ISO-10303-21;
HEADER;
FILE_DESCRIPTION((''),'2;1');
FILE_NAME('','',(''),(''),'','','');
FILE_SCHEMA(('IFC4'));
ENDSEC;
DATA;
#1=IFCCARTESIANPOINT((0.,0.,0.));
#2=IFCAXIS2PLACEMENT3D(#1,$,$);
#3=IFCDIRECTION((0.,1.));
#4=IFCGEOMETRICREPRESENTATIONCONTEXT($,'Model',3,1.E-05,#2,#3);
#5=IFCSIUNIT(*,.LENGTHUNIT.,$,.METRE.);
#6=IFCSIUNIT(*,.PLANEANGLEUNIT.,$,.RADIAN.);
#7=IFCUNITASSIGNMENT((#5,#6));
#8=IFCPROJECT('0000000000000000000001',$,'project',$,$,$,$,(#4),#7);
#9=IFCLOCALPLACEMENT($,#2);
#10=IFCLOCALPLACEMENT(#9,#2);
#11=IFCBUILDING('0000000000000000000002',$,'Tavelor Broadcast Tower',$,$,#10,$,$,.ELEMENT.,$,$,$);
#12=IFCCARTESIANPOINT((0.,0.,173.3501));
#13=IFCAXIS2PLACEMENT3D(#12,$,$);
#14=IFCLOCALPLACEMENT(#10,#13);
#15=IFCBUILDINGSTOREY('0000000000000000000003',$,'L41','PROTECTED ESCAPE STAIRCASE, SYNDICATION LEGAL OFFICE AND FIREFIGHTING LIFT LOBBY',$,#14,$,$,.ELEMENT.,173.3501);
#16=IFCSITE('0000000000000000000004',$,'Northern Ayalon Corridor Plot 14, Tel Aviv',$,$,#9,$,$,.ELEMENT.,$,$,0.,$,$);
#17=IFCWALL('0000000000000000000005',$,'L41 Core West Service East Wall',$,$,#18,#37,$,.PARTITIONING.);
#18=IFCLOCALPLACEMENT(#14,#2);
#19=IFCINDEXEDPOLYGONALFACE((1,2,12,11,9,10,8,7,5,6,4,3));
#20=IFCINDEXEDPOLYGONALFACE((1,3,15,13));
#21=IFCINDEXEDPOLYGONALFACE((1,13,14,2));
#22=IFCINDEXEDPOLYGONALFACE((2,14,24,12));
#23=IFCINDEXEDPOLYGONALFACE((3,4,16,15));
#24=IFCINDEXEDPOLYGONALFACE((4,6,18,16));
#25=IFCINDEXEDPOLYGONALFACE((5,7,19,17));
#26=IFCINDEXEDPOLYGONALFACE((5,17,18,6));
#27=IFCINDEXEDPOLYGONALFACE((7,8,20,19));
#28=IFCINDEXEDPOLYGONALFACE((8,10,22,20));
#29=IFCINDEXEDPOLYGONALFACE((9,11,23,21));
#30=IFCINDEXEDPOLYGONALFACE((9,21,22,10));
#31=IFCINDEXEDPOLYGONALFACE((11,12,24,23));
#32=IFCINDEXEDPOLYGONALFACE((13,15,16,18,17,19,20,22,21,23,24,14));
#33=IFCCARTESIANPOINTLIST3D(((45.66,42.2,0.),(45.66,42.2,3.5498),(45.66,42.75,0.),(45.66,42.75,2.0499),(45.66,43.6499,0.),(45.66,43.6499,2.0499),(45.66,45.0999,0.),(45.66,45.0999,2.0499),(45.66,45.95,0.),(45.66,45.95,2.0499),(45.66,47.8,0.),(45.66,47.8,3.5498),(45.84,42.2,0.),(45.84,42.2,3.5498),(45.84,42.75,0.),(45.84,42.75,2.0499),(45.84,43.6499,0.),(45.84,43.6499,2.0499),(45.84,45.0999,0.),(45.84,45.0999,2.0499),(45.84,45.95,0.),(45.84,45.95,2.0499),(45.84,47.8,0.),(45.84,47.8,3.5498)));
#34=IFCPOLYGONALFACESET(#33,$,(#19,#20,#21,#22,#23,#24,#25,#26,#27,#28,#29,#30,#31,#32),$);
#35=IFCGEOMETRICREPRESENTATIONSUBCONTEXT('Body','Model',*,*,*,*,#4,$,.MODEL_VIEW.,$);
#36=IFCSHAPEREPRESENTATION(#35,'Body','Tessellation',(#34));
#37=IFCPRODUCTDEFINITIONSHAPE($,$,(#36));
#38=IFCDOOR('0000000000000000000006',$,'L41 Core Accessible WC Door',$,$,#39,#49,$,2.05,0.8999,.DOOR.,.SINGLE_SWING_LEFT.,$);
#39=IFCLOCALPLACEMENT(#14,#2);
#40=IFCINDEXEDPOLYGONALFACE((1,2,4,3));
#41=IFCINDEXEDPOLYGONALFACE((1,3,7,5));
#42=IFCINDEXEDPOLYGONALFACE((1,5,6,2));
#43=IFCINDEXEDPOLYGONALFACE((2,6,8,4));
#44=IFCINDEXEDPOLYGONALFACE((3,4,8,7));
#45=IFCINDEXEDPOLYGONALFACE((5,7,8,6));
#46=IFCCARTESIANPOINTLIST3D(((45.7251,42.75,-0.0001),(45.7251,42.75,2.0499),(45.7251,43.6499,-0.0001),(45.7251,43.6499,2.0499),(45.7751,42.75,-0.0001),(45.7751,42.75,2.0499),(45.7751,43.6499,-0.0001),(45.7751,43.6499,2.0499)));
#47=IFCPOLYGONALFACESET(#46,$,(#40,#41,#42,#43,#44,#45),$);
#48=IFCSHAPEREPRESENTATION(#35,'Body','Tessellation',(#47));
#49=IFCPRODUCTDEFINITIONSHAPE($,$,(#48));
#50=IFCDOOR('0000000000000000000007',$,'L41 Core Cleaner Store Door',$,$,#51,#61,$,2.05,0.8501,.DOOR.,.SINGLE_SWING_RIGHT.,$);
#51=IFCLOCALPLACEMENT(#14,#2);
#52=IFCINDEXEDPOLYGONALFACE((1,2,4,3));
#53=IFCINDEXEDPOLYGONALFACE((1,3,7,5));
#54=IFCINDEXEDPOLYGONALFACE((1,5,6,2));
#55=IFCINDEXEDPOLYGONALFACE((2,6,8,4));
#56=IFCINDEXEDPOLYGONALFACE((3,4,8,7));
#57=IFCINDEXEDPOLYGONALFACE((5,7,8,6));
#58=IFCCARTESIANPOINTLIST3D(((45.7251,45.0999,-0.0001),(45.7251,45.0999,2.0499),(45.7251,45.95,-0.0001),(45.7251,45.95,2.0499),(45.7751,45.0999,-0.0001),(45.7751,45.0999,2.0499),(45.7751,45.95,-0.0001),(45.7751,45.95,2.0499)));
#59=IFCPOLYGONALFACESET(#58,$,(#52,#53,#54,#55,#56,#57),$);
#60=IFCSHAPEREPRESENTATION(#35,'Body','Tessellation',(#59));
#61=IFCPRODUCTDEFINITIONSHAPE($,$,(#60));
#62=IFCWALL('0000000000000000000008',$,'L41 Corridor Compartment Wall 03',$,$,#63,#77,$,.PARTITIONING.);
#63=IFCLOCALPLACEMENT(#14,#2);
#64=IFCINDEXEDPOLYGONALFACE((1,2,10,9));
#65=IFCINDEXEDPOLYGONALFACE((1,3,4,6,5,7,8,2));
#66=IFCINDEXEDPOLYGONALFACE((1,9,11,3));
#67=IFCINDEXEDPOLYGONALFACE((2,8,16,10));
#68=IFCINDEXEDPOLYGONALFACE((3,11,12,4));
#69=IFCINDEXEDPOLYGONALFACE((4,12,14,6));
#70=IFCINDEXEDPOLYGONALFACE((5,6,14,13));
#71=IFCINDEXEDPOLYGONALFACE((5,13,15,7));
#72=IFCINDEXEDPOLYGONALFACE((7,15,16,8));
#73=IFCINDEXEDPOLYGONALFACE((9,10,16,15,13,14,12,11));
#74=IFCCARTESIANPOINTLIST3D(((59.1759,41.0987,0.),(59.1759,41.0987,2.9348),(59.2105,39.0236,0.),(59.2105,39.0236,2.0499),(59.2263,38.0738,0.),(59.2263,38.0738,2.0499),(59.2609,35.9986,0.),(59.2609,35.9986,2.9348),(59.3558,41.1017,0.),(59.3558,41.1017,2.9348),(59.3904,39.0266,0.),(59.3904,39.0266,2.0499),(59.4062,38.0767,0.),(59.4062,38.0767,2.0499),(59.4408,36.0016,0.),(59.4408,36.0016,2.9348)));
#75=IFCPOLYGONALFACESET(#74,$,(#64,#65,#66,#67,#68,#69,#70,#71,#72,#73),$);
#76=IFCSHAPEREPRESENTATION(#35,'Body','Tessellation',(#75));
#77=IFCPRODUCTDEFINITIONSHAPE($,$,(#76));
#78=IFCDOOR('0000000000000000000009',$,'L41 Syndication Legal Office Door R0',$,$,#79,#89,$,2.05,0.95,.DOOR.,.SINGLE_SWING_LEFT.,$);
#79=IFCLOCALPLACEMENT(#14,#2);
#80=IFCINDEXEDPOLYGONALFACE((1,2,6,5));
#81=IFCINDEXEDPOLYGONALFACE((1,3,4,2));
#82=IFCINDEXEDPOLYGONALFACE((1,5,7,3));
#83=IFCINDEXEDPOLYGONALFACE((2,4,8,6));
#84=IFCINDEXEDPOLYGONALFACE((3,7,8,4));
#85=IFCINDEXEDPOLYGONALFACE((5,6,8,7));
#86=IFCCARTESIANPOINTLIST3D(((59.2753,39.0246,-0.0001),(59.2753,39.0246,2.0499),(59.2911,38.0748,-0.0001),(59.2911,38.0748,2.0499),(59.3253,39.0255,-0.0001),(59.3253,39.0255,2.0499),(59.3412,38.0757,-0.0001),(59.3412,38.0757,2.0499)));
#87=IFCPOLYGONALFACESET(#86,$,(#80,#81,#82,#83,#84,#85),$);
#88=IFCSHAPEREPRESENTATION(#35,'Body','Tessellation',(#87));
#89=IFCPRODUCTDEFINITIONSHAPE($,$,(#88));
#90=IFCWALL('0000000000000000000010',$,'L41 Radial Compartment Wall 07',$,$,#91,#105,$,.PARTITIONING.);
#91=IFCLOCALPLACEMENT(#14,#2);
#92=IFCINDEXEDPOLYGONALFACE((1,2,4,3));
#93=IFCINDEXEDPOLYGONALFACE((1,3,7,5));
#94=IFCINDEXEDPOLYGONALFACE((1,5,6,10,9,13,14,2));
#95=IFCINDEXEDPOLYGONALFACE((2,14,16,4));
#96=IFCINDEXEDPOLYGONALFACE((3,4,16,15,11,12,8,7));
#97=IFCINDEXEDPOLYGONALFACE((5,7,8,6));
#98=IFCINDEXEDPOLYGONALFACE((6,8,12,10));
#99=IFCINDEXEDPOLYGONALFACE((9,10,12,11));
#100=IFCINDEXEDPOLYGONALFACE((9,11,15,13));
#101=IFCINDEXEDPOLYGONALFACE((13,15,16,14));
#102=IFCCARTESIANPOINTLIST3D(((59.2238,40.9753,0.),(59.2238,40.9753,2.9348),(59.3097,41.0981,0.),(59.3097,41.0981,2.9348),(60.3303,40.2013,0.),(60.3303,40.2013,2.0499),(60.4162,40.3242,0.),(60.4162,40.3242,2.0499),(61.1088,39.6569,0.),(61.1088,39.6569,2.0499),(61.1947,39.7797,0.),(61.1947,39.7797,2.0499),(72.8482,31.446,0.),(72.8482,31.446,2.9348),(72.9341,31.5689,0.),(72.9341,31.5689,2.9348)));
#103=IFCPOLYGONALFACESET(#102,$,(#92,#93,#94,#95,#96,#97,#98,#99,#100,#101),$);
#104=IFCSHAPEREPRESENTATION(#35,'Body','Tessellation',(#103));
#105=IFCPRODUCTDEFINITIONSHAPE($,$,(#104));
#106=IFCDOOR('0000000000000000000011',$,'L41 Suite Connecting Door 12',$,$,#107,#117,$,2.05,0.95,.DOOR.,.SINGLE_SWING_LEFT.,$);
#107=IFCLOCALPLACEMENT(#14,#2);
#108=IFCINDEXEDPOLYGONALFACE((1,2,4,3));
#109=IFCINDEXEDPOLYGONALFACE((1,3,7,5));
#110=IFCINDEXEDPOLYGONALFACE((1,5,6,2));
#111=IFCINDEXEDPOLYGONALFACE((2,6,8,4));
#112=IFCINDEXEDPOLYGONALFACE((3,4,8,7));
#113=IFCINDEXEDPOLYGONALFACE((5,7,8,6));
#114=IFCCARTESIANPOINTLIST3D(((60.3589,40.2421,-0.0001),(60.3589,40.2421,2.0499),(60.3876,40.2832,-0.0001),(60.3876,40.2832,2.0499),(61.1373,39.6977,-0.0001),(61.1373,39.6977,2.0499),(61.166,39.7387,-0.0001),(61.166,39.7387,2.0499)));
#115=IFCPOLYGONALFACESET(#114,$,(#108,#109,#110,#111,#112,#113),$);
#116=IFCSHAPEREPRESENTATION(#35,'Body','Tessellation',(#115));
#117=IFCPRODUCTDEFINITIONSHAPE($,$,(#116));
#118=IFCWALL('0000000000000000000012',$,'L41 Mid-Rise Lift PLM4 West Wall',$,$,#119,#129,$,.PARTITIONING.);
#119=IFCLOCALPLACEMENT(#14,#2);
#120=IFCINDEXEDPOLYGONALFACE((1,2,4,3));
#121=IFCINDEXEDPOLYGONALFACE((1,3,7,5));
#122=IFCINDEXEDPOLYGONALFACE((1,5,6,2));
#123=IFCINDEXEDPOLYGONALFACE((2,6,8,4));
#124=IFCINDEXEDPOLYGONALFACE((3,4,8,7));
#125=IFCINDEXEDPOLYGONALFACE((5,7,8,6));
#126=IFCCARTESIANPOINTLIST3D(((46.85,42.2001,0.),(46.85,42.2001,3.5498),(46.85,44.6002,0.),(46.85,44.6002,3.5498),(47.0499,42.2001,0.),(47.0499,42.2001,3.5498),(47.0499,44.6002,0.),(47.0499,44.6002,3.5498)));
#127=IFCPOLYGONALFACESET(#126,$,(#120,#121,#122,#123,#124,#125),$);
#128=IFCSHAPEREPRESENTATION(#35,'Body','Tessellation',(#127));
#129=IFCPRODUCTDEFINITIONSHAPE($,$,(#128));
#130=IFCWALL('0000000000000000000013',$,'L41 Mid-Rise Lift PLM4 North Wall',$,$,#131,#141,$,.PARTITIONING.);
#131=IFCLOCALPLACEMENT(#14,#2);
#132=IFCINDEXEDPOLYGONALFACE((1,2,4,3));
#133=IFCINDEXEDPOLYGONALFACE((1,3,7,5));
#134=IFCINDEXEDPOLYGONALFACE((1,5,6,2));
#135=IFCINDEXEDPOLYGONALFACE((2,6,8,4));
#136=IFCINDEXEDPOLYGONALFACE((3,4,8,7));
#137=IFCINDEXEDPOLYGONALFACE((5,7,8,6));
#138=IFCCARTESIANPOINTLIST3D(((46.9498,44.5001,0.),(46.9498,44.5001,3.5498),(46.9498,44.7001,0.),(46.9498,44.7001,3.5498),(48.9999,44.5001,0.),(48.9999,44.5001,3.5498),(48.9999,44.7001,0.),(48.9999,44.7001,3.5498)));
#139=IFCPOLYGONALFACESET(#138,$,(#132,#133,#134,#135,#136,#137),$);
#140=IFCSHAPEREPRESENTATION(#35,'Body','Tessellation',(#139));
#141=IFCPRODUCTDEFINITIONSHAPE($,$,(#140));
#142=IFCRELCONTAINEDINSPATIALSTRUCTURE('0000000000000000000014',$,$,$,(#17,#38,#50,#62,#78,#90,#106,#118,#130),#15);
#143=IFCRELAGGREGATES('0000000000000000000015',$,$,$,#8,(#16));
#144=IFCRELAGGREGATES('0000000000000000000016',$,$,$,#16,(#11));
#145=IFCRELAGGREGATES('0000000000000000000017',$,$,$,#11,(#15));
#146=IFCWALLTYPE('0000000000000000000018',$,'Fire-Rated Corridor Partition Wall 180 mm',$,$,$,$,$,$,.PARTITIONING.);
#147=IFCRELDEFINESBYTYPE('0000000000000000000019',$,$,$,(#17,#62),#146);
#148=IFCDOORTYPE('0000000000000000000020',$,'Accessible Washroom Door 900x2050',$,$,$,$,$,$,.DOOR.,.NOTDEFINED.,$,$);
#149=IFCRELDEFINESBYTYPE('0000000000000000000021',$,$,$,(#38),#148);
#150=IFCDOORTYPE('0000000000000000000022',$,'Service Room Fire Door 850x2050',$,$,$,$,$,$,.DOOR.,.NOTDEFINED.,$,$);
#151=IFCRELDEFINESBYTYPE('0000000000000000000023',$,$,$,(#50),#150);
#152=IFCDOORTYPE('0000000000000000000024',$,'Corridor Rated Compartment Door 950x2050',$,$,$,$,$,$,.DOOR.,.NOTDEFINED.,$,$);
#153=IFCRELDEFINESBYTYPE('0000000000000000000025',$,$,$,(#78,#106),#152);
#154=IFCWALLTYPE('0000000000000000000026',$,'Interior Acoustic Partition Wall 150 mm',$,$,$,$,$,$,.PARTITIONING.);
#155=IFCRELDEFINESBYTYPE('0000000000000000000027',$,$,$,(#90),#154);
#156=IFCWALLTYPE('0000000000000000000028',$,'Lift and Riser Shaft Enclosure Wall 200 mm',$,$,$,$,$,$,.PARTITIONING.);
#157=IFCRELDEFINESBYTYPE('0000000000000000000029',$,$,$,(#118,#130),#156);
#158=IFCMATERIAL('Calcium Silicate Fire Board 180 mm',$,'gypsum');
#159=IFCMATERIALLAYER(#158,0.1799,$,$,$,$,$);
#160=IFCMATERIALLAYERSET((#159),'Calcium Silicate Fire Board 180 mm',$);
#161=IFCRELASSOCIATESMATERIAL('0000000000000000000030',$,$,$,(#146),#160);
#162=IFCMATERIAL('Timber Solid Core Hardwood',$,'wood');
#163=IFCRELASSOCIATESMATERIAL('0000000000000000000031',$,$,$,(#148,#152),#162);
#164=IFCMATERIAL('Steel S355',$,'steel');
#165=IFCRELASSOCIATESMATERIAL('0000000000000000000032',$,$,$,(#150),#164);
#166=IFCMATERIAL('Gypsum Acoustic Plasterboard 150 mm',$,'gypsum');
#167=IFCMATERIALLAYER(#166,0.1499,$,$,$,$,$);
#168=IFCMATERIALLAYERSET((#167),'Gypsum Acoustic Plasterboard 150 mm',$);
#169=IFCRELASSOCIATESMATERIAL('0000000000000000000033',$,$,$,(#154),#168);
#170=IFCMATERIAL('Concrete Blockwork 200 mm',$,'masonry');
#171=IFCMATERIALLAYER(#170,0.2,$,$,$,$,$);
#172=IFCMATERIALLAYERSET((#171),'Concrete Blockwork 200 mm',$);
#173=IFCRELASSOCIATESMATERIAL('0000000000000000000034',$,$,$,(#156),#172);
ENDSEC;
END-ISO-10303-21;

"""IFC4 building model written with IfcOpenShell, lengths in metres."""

from ifc_helpers import new_model, si_unit, direction, frame, frame_2d, origin, place, context, subcontext, project, spatial, rectangle, extrude, material, layer, layer_set, type_object, element, fill, save


model = new_model("IFC4")

# Units and contexts
model_context = context("Model", 3, precision=1e-05, world=origin(), true_north=direction((0.0, 1.0)))
body_context = subcontext(model_context, "Body", "Model", "MODEL_VIEW")
ifc_project = project(units=[si_unit("LENGTHUNIT", "METRE"), si_unit("PLANEANGLEUNIT", "RADIAN")], contexts=[model_context])

# Site, building, storey
site_placement = place(None, origin())
site = spatial("IfcSite", under=ifc_project, at=site_placement, Name="Northern Ayalon Corridor Plot 14, Tel Aviv", CompositionType="ELEMENT", RefElevation=0.0)
building_placement = place(site_placement, origin())
building = spatial("IfcBuilding", under=site, at=building_placement, Name="Tavelor Broadcast Tower", CompositionType="ELEMENT")
storey_placement = place(building_placement, frame((0.0, 0.0, 173.3501)))
storey = spatial("IfcBuildingStorey", under=building, at=storey_placement, Name="L41", Description="PROTECTED ESCAPE STAIRCASE, SYNDICATION LEGAL OFFICE AND FIREFIGHTING LIFT LOBBY", CompositionType="ELEMENT", Elevation=173.3501)

# Shared definitions
ifc_material_1 = material(Name="Steel S355", Category="steel")

# Wall, openings, doors
ifc_material_2 = material(Name="Calcium Silicate Fire Board 180 mm", Category="gypsum")
ifc_layer_1 = layer(ifc_material_2, 0.1799)
ifc_layer_set_1 = layer_set([ifc_layer_1], Name="Calcium Silicate Fire Board 180 mm")
wall_type_1 = type_object("IfcWallType", Name="Fire-Rated Corridor Partition Wall 180 mm", PredefinedType="PARTITIONING", material=ifc_layer_set_1)
wall_1_placement = place(storey_placement, frame((45.75, 42.2, 0.0), z_axis=(0.0, 0.0, 1.0), x_axis=(0.0, 1.0, 0.0)))
wall_1 = element("IfcWall", 1, at=wall_1_placement, inside=storey, type_object=wall_type_1, Name="L41 Core West Service East Wall", PredefinedType="PARTITIONING", context=body_context, shape_type="SweptSolid", body=[
    extrude(rectangle(XDim=5.6001, YDim=0.1799, at=frame_2d((2.8, 0.0))), origin(), (0.0, 0.0, 1.0), 3.5498),
])
opening_1_placement = place(wall_1_placement, frame((0.55, 0.0, 0.0)))
opening_1 = element("IfcOpeningElement", 2, at=opening_1_placement, cuts=wall_1, PredefinedType="OPENING", context=body_context, shape_type="SweptSolid", body=[
    extrude(rectangle(XDim=0.8999, YDim=2.05, at=frame_2d((0.45, 1.0249))), frame((0.0, 0.1001, 0.0), z_axis=(0.0, -1.0, 0.0), x_axis=(1.0, 0.0, 0.0)), (0.0, 0.0, 1.0), 0.2),
])
opening_2_placement = place(wall_1_placement, frame((2.8999, 0.0, 0.0)))
opening_2 = element("IfcOpeningElement", 3, at=opening_2_placement, cuts=wall_1, PredefinedType="OPENING", context=body_context, shape_type="SweptSolid", body=[
    extrude(rectangle(XDim=0.8501, YDim=2.05, at=frame_2d((0.425, 1.0249))), frame((0.0, 0.1001, 0.0), z_axis=(0.0, -1.0, 0.0), x_axis=(1.0, 0.0, 0.0)), (0.0, 0.0, 1.0), 0.2),
])
ifc_material_3 = material(Name="Timber Solid Core Hardwood", Category="wood")
door_type_1 = type_object("IfcDoorType", Name="Accessible Washroom Door 900x2050", OperationType="NOTDEFINED", PredefinedType="DOOR", material=ifc_material_3)
door_1_placement = place(opening_1_placement, origin())
door_1 = element("IfcDoor", 4, at=door_1_placement, inside=storey, type_object=door_type_1, Name="L41 Core Accessible WC Door", OperationType="SINGLE_SWING_LEFT", OverallHeight=2.05, OverallWidth=0.8999, PredefinedType="DOOR", context=body_context, shape_type="SweptSolid", body=[
    extrude(rectangle(XDim=0.8999, YDim=2.05, at=frame_2d((0.45, 1.0249))), frame((0.0, 0.0249, 0.0), z_axis=(0.0, -1.0, 0.0), x_axis=(1.0, 0.0, 0.0)), (0.0, 0.0, 1.0), 0.05),
])
fill(opening_1, door_1)
door_type_2 = type_object("IfcDoorType", Name="Service Room Fire Door 850x2050", OperationType="NOTDEFINED", PredefinedType="DOOR", material=ifc_material_1)
door_2_placement = place(opening_2_placement, origin())
door_2 = element("IfcDoor", 5, at=door_2_placement, inside=storey, type_object=door_type_2, Name="L41 Core Cleaner Store Door", OperationType="SINGLE_SWING_RIGHT", OverallHeight=2.05, OverallWidth=0.8501, PredefinedType="DOOR", context=body_context, shape_type="SweptSolid", body=[
    extrude(rectangle(XDim=0.8501, YDim=2.05, at=frame_2d((0.425, 1.0249))), frame((0.0, 0.0249, 0.0), z_axis=(0.0, -1.0, 0.0), x_axis=(1.0, 0.0, 0.0)), (0.0, 0.0, 1.0), 0.05),
])
fill(opening_2, door_2)

# Walls, openings, doors
wall_2_placement = place(storey_placement, frame((59.2659, 41.1001, 0.0), z_axis=(0.0, 0.0, 1.0), x_axis=(0.016656, -0.999861, 0.0)))
wall_2 = element("IfcWall", 6, at=wall_2_placement, inside=storey, type_object=wall_type_1, Name="L41 Corridor Compartment Wall 03", PredefinedType="PARTITIONING", context=body_context, shape_type="SweptSolid", body=[
    extrude(rectangle(XDim=5.1008, YDim=0.1799, at=frame_2d((2.5503, 0.0))), origin(), (0.0, 0.0, 1.0), 2.9348),
])
opening_3_placement = place(wall_2_placement, frame((2.0752, 0.0, 0.0)))
opening_3 = element("IfcOpeningElement", 7, at=opening_3_placement, cuts=wall_2, PredefinedType="OPENING", context=body_context, shape_type="SweptSolid", body=[
    extrude(rectangle(XDim=0.95, YDim=2.05, at=frame_2d((0.4751, 1.0249))), frame((0.0, 0.1001, 0.0), z_axis=(0.0, -1.0, 0.0), x_axis=(1.0, 0.0, 0.0)), (0.0, 0.0, 1.0), 0.2),
])
door_type_3 = type_object("IfcDoorType", Name="Corridor Rated Compartment Door 950x2050", OperationType="NOTDEFINED", PredefinedType="DOOR", material=ifc_material_3)
door_3_placement = place(opening_3_placement, origin())
door_3 = element("IfcDoor", 8, at=door_3_placement, inside=storey, type_object=door_type_3, Name="L41 Syndication Legal Office Door R0", OperationType="SINGLE_SWING_LEFT", OverallHeight=2.05, OverallWidth=0.95, PredefinedType="DOOR", context=body_context, shape_type="SweptSolid", body=[
    extrude(rectangle(XDim=0.95, YDim=2.05, at=frame_2d((0.4751, 1.0249))), frame((0.0, 0.0249, 0.0), z_axis=(0.0, -1.0, 0.0), x_axis=(1.0, 0.0, 0.0)), (0.0, 0.0, 1.0), 0.05),
])
fill(opening_3, door_3)
ifc_material_4 = material(Name="Gypsum Acoustic Plasterboard 150 mm", Category="gypsum")
ifc_layer_2 = layer(ifc_material_4, 0.1499)
ifc_layer_set_2 = layer_set([ifc_layer_2], Name="Gypsum Acoustic Plasterboard 150 mm")
wall_type_2 = type_object("IfcWallType", Name="Interior Acoustic Partition Wall 150 mm", PredefinedType="PARTITIONING", material=ifc_layer_set_2)
wall_3_placement = place(storey_placement, frame((59.2668, 41.0366, 0.0), z_axis=(0.0, 0.0, 1.0), x_axis=(0.819454, -0.573145, 0.0)))
wall_3 = element("IfcWall", 9, at=wall_3_placement, inside=storey, type_object=wall_type_2, Name="L41 Radial Compartment Wall 07", PredefinedType="PARTITIONING", context=body_context, shape_type="SweptSolid", body=[
    extrude(rectangle(XDim=16.6262, YDim=0.1499, at=frame_2d((8.313, 0.0))), origin(), (0.0, 0.0, 1.0), 2.9348),
])
opening_4_placement = place(wall_3_placement, frame((1.3501, 0.0, 0.0)))
opening_4 = element("IfcOpeningElement", 10, at=opening_4_placement, cuts=wall_3, PredefinedType="OPENING", context=body_context, shape_type="SweptSolid", body=[
    extrude(rectangle(XDim=0.95, YDim=2.05, at=frame_2d((0.4751, 1.0249))), frame((0.0, 0.085, 0.0), z_axis=(0.0, -1.0, 0.0), x_axis=(1.0, 0.0, 0.0)), (0.0, 0.0, 1.0), 0.1699),
])
door_4_placement = place(opening_4_placement, origin())
door_4 = element("IfcDoor", 11, at=door_4_placement, inside=storey, type_object=door_type_3, Name="L41 Suite Connecting Door 12", OperationType="SINGLE_SWING_LEFT", OverallHeight=2.05, OverallWidth=0.95, PredefinedType="DOOR", context=body_context, shape_type="SweptSolid", body=[
    extrude(rectangle(XDim=0.95, YDim=2.05, at=frame_2d((0.4751, 1.0249))), frame((0.0, 0.0249, 0.0), z_axis=(0.0, -1.0, 0.0), x_axis=(1.0, 0.0, 0.0)), (0.0, 0.0, 1.0), 0.05),
])
fill(opening_4, door_4)
ifc_material_5 = material(Name="Concrete Blockwork 200 mm", Category="masonry")

# Walls
ifc_layer_3 = layer(ifc_material_5, 0.2)
ifc_layer_set_3 = layer_set([ifc_layer_3], Name="Concrete Blockwork 200 mm")
wall_type_3 = type_object("IfcWallType", Name="Lift and Riser Shaft Enclosure Wall 200 mm", PredefinedType="PARTITIONING", material=ifc_layer_set_3)
wall_4_placement = place(storey_placement, frame((46.95, 42.2, 0.0), z_axis=(0.0, 0.0, 1.0), x_axis=(0.0, 1.0, 0.0)))
element("IfcWall", 12, at=wall_4_placement, inside=storey, type_object=wall_type_3, Name="L41 Mid-Rise Lift PLM4 West Wall", PredefinedType="PARTITIONING", context=body_context, shape_type="SweptSolid", body=[
    extrude(rectangle(XDim=2.4001, YDim=0.2, at=frame_2d((1.2002, 0.0))), origin(), (0.0, 0.0, 1.0), 3.5498),
])
wall_5_placement = place(storey_placement, frame((46.95, 44.6001, 0.0), z_axis=(0.0, 0.0, 1.0), x_axis=(1.0, 0.0, 0.0)))
element("IfcWall", 13, at=wall_5_placement, inside=storey, type_object=wall_type_3, Name="L41 Mid-Rise Lift PLM4 North Wall", PredefinedType="PARTITIONING", context=body_context, shape_type="SweptSolid", body=[
    extrude(rectangle(XDim=2.05, YDim=0.2, at=frame_2d((1.0249, 0.0))), origin(), (0.0, 0.0, 1.0), 3.5498),
])

save(model, "model.ifc")
